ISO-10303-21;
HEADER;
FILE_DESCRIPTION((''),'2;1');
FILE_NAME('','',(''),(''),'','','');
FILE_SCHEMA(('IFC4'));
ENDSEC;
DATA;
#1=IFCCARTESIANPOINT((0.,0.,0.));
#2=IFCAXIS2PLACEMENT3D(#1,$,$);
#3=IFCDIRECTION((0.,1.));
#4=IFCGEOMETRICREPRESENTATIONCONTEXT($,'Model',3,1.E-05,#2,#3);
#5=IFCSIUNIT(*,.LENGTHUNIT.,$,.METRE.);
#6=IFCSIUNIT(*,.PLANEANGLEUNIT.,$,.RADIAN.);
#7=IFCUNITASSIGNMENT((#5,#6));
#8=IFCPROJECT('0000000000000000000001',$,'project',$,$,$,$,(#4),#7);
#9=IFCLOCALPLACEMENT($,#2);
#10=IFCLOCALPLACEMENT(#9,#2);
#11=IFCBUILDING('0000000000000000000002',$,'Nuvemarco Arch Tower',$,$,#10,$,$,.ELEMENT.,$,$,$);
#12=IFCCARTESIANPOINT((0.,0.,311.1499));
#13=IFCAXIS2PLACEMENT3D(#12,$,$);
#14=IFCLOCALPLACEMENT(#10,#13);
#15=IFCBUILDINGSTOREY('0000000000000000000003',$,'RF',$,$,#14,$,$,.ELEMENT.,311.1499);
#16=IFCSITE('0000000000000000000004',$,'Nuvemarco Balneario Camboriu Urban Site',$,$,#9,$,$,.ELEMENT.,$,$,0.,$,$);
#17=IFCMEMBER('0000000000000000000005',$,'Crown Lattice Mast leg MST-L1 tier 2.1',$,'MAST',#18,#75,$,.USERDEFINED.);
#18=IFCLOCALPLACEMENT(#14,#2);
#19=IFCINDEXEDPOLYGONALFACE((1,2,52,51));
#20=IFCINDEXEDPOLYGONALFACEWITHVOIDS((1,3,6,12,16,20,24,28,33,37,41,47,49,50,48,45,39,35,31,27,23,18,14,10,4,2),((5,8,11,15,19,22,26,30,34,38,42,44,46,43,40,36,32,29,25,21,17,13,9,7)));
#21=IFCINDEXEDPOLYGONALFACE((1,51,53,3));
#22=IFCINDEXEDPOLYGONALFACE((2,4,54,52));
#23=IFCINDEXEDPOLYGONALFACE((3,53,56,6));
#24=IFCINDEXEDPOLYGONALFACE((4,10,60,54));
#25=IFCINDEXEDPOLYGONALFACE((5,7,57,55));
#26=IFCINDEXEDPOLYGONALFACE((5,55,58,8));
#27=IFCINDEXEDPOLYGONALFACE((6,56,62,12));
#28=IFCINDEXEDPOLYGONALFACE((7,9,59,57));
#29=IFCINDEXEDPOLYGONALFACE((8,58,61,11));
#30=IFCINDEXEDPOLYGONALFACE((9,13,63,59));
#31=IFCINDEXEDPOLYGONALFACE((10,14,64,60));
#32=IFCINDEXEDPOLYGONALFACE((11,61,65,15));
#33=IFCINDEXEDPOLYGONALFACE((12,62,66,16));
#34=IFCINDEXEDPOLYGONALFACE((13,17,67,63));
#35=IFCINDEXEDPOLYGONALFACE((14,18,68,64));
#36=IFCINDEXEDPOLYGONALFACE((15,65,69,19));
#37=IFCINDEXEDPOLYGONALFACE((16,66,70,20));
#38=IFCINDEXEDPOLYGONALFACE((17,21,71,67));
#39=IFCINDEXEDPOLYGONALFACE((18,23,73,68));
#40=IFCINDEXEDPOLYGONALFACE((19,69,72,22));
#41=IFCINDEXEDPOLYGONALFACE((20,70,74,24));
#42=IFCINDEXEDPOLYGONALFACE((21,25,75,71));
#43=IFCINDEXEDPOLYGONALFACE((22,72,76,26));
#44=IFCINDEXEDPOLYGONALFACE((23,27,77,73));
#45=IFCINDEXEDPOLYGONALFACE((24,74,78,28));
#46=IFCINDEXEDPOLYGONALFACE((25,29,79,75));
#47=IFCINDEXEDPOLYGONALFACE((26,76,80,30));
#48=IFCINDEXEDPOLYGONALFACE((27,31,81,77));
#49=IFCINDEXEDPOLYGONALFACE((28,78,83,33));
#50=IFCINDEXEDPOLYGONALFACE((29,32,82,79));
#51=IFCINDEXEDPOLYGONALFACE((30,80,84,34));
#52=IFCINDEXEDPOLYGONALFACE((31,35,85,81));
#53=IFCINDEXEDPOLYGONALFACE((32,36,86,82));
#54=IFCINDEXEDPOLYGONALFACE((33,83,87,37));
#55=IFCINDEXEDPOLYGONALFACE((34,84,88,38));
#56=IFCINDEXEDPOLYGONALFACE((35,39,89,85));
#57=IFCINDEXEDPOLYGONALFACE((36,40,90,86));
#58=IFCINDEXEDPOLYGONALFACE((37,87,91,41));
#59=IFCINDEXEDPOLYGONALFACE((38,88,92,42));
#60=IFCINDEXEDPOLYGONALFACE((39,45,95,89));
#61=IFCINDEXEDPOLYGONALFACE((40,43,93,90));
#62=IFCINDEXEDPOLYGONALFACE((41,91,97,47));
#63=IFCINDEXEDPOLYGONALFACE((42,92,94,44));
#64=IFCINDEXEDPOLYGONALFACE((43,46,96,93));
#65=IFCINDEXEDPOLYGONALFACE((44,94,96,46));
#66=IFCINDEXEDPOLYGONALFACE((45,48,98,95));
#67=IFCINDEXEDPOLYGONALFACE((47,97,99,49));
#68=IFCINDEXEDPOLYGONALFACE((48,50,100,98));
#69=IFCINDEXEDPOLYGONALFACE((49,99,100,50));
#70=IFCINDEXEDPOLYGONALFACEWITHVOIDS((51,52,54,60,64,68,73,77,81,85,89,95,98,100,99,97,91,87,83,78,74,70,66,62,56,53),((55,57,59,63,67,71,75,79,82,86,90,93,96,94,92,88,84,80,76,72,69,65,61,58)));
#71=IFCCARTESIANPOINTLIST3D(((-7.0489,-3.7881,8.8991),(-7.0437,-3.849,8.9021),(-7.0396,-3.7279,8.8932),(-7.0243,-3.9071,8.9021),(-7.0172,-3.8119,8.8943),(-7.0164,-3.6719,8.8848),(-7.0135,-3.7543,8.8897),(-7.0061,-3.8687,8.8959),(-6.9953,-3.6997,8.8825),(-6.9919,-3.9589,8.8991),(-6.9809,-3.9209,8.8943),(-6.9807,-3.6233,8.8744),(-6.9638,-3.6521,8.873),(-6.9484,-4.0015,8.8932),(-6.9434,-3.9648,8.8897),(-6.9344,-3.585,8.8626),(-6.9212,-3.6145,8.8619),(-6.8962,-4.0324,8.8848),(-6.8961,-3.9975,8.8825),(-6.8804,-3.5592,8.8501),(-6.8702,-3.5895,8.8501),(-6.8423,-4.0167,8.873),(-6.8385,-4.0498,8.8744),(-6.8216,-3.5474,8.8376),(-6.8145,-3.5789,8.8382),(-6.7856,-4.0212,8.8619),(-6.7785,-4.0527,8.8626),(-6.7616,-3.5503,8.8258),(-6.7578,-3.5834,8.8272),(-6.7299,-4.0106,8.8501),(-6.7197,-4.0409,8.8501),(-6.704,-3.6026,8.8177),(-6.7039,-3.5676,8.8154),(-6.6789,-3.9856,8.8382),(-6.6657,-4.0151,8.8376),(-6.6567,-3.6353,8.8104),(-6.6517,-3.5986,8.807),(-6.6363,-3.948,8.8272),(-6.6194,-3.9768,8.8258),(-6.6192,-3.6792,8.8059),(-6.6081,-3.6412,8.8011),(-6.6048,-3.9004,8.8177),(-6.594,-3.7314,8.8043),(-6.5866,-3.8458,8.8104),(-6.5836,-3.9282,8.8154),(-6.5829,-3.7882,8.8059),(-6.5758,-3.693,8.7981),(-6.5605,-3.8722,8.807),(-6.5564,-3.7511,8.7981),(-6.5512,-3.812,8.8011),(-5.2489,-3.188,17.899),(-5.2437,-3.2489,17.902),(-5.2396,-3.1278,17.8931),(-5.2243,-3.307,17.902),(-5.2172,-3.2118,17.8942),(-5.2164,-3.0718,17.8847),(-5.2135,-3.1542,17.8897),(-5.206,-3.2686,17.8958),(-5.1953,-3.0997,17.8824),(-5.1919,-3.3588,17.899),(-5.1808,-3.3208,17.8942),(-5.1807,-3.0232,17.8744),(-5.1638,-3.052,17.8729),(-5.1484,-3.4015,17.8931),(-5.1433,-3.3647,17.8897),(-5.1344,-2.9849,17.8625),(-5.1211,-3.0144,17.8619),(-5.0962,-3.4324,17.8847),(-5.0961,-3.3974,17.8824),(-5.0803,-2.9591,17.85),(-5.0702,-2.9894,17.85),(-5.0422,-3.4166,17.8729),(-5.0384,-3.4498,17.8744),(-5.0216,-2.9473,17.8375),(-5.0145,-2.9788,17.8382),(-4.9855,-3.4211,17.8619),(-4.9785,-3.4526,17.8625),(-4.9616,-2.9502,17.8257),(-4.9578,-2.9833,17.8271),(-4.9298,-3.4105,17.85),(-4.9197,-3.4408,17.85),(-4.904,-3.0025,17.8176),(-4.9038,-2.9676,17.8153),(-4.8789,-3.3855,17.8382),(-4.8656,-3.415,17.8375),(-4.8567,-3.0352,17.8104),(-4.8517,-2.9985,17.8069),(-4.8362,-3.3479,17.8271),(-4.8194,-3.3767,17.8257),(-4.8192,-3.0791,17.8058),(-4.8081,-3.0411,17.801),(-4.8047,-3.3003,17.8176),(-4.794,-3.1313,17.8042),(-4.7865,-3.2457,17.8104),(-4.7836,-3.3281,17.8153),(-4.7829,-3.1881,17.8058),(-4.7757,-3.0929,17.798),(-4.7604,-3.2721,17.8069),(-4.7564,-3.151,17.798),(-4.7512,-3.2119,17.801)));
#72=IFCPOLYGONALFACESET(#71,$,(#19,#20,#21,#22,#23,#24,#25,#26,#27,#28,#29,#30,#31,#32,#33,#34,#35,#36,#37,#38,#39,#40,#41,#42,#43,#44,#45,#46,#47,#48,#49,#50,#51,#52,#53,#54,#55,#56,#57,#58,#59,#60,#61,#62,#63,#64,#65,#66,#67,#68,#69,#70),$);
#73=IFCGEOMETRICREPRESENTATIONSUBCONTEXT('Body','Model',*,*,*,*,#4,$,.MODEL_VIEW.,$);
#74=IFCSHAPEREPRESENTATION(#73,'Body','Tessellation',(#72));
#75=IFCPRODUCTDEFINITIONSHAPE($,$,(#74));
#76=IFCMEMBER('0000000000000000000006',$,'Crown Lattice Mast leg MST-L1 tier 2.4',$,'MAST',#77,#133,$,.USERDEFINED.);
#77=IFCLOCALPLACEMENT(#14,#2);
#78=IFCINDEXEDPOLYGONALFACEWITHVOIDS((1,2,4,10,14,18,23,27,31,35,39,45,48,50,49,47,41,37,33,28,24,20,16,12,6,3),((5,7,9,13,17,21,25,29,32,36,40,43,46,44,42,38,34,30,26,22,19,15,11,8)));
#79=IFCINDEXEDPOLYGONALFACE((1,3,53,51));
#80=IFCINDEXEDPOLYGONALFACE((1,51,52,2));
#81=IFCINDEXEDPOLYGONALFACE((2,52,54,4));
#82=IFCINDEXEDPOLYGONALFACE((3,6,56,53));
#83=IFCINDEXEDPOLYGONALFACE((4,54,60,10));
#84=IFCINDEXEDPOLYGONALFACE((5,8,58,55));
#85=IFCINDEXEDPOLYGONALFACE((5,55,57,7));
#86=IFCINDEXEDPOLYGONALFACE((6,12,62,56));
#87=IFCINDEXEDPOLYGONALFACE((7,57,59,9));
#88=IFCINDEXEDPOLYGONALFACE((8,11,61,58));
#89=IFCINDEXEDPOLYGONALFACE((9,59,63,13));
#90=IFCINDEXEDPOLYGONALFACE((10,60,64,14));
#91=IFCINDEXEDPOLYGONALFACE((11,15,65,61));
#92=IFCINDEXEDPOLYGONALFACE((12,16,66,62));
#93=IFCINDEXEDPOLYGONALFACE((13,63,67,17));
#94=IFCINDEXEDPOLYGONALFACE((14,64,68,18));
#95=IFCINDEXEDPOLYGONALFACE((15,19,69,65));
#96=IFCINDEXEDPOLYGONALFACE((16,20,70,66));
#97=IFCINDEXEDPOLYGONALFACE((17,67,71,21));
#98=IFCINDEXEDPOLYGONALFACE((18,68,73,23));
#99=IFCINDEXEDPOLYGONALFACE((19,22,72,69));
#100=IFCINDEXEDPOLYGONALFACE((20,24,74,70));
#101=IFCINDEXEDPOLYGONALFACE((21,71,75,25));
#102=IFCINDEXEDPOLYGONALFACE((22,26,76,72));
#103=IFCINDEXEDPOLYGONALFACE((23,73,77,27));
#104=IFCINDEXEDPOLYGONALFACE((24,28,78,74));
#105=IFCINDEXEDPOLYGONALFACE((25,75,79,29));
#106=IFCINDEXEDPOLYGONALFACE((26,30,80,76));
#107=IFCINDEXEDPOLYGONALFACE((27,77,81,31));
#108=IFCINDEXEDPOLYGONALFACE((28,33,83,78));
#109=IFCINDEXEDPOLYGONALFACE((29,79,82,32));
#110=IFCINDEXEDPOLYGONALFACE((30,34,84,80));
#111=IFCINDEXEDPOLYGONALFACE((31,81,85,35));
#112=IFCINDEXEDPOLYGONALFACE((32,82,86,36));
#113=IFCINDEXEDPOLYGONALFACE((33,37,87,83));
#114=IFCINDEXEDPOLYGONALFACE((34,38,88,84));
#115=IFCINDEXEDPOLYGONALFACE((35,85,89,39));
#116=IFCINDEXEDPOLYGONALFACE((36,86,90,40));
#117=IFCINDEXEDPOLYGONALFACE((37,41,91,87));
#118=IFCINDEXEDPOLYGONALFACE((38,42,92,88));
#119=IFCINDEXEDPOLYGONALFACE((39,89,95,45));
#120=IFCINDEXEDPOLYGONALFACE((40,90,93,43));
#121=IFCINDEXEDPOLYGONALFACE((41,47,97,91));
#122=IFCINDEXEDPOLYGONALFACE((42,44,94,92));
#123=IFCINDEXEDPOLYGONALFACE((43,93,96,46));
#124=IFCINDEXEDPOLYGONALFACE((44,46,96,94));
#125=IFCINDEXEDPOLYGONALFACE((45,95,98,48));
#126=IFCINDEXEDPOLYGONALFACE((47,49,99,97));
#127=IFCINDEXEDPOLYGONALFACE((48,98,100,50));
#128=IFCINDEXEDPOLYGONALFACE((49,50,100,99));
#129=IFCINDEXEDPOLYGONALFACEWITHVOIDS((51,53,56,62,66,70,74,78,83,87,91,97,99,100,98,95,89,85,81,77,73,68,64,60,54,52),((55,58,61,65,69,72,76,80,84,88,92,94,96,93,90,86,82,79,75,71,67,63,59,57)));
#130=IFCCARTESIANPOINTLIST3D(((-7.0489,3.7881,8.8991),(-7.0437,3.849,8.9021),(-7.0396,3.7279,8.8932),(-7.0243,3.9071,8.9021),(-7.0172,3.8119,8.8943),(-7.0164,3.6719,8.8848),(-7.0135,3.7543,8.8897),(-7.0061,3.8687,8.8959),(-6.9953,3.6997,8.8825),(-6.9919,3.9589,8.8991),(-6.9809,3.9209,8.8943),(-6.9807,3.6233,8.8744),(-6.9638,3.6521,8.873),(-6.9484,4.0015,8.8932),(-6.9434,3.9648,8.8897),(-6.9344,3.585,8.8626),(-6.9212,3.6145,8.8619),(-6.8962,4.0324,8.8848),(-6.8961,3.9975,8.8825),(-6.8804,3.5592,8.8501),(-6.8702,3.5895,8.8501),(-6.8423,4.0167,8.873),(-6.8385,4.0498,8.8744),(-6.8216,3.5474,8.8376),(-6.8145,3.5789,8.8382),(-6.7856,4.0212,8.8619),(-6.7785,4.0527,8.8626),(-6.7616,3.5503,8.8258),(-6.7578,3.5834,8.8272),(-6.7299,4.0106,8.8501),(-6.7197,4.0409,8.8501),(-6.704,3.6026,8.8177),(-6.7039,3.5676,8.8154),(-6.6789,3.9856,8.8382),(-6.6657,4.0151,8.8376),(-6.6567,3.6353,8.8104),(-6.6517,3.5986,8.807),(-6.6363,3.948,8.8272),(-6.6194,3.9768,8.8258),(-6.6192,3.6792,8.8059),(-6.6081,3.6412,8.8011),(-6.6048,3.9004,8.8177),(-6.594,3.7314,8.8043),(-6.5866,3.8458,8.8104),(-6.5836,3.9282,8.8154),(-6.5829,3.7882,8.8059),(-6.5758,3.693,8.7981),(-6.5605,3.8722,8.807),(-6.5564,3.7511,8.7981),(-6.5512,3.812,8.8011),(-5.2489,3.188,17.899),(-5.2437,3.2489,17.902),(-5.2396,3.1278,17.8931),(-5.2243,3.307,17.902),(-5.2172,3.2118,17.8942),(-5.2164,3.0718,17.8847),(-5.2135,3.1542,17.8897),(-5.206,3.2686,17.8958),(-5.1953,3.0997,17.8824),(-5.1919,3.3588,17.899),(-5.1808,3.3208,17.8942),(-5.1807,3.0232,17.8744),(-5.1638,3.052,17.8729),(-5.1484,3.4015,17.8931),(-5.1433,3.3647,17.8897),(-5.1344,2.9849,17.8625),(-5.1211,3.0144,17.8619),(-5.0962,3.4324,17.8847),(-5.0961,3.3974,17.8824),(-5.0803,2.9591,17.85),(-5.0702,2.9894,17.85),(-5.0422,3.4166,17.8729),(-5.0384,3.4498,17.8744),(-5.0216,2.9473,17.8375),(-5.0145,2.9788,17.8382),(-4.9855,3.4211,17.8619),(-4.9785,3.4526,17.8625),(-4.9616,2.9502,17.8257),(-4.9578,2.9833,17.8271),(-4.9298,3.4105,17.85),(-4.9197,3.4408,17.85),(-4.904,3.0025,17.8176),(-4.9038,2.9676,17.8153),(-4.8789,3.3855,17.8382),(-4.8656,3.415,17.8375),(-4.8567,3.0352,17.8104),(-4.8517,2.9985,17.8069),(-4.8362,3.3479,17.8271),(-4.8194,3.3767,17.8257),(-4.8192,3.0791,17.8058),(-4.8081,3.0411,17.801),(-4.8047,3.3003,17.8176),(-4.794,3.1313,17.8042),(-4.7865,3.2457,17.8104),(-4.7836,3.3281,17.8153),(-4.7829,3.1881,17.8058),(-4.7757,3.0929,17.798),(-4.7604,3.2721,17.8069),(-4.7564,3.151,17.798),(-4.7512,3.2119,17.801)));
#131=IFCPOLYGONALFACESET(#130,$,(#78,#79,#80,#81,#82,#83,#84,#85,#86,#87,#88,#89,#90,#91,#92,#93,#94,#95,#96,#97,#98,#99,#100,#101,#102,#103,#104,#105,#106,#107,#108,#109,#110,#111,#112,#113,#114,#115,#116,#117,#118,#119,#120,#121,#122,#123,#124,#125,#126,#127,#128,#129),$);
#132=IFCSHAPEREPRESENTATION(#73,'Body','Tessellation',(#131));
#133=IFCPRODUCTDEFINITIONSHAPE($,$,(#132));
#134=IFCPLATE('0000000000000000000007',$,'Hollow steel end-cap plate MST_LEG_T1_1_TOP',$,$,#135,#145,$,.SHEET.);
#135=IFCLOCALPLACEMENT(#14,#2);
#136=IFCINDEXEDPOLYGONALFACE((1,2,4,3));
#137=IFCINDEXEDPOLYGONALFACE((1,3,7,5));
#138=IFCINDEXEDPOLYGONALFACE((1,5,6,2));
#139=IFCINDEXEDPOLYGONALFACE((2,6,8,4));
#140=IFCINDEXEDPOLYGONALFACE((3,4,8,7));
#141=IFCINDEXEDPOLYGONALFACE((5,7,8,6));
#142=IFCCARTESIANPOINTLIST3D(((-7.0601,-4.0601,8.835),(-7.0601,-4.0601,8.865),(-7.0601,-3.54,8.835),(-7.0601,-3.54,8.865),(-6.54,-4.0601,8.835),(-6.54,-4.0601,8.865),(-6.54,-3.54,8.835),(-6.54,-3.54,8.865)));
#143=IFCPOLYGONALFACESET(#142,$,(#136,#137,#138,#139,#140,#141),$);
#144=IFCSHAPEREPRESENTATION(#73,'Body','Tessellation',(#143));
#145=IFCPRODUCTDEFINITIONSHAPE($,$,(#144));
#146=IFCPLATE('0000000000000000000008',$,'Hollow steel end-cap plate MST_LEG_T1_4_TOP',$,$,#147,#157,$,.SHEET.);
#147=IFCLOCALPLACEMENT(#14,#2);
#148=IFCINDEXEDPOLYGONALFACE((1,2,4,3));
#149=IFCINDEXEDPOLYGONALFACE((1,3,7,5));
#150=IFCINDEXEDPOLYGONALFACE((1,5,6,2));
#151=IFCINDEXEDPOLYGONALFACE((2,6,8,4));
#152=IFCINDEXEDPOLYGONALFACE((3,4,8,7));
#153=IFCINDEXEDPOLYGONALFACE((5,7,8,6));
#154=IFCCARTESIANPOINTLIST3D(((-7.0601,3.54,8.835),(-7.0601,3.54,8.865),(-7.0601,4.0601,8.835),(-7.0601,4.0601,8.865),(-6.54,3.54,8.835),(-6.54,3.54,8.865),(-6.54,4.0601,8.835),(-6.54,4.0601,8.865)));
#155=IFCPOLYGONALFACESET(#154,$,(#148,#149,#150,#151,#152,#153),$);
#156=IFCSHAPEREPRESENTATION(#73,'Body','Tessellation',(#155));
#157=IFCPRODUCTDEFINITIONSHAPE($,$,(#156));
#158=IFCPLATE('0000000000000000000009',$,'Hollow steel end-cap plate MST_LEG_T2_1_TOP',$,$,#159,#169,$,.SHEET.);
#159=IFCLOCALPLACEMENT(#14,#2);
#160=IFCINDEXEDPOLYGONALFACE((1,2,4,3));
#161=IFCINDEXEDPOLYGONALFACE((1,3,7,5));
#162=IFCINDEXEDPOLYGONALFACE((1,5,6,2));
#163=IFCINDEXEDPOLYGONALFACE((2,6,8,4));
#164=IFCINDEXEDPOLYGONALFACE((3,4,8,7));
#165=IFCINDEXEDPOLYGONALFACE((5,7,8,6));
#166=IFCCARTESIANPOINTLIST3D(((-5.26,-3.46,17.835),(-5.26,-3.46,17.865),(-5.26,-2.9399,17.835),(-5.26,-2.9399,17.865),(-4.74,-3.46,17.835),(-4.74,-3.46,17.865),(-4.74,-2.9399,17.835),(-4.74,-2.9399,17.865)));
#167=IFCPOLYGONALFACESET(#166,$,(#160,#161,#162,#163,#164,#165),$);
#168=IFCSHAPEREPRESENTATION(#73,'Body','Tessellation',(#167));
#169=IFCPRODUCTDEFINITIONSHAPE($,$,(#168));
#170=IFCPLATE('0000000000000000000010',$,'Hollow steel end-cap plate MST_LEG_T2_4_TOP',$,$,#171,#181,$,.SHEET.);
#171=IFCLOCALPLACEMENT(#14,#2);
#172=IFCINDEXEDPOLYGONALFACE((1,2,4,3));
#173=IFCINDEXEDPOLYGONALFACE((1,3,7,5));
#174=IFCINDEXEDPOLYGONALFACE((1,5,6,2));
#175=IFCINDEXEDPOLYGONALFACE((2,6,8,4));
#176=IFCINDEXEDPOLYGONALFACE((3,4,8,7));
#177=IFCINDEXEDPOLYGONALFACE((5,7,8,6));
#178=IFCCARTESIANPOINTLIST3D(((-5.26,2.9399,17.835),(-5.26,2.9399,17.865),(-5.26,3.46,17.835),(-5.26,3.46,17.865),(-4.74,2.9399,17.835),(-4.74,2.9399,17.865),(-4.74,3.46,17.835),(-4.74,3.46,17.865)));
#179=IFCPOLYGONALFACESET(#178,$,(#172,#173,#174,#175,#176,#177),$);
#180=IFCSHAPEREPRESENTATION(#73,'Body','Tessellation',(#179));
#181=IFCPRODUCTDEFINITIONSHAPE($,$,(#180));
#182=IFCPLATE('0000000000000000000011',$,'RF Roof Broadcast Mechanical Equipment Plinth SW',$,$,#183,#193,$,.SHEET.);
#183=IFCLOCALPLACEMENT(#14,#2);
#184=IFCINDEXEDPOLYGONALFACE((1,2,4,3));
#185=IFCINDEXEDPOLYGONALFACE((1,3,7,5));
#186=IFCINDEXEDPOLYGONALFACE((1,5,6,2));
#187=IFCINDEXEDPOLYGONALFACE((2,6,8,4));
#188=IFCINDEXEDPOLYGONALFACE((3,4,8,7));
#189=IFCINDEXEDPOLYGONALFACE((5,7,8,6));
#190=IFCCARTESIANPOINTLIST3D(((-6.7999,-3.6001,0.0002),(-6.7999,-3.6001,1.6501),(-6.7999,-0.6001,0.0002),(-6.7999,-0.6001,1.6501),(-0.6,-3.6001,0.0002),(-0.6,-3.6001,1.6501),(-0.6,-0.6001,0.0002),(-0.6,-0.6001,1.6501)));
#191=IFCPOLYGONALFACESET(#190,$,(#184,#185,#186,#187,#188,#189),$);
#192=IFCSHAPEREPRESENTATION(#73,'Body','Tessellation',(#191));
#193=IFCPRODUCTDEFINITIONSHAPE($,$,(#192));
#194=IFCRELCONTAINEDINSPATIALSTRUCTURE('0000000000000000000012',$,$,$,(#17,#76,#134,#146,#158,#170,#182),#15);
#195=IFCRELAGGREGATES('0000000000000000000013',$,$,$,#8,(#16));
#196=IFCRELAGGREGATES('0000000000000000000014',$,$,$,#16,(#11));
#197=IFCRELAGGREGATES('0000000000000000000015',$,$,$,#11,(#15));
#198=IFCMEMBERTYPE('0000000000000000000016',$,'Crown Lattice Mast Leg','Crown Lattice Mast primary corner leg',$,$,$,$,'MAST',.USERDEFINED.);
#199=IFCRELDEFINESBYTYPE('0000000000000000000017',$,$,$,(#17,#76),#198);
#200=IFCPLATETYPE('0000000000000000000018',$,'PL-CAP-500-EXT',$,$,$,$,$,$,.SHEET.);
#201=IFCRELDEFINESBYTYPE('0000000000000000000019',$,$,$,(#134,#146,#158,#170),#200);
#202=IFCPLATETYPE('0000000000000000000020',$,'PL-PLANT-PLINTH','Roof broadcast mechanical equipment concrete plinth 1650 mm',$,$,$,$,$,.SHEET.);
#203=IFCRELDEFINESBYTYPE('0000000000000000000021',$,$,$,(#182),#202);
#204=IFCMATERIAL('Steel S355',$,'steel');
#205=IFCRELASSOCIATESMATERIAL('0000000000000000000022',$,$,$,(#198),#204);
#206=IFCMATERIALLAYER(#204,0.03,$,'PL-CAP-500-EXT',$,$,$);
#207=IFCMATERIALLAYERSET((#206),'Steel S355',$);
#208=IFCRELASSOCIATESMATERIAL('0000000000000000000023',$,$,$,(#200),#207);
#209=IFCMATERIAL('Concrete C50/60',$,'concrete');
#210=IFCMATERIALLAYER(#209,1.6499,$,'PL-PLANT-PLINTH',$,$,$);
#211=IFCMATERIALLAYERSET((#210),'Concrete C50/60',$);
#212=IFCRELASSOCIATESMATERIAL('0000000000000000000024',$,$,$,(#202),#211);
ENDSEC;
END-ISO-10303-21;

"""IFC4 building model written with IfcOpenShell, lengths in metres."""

from ifc_helpers import new_model, si_unit, direction, frame, origin, origin_2d, place, context, subcontext, project, spatial, rectangle, hollow_circle, extrude, source, transform, mapped, material, layer, layer_set, material_profile, profile_set, type_object, type_shapes, element, save


model = new_model("IFC4")

# Units and contexts
model_context = context("Model", 3, precision=1e-05, world=origin(), true_north=direction((0.0, 1.0)))
body_context = subcontext(model_context, "Body", "Model", "MODEL_VIEW")
ifc_project = project(units=[si_unit("LENGTHUNIT", "METRE"), si_unit("PLANEANGLEUNIT", "RADIAN")], contexts=[model_context])

# Site, building, storey
site_placement = place(None, origin())
site = spatial("IfcSite", under=ifc_project, at=site_placement, Name="Nuvemarco Balneario Camboriu Urban Site", CompositionType="ELEMENT", RefElevation=0.0)
building_placement = place(site_placement, origin())
building = spatial("IfcBuilding", under=site, at=building_placement, Name="Nuvemarco Arch Tower", CompositionType="ELEMENT")
storey_placement = place(building_placement, frame((0.0, 0.0, 311.1499)))
storey = spatial("IfcBuildingStorey", under=building, at=storey_placement, Name="RF", CompositionType="ELEMENT", Elevation=311.1499)

# Members
ifc_material_1 = material(Name="Steel S355", Category="steel")
ifc_material_profile_1 = material_profile(ifc_material_1, hollow_circle(Radius=0.2539, WallThickness=0.032, at=origin_2d()), Name="CHS508x32")
ifc_profile_set_1 = profile_set([ifc_material_profile_1], Name="Steel S355")
member_type_1 = type_object("IfcMemberType", Name="Crown Lattice Mast Leg", Description="Crown Lattice Mast primary corner leg", ElementType="MAST", PredefinedType="USERDEFINED", material=ifc_profile_set_1)
for number, where, z_axis, x_axis, name in (
    (1, (-6.8, -3.8, 8.8501), (0.195703, 0.065243, 0.97849), (-0.316266, 0.94867, 0.0), "Crown Lattice Mast leg MST-L1 tier 2.1"),
    (2, (-6.8, 3.8, 8.8501), (0.195703, -0.065243, 0.97849), (0.316266, 0.94867, 0.0), "Crown Lattice Mast leg MST-L1 tier 2.4"),
):
    element("IfcMember", number, at=place(storey_placement, frame(where, z_axis=z_axis, x_axis=x_axis)), inside=storey, type_object=member_type_1, Name=name, ObjectType="MAST", PredefinedType="USERDEFINED", context=body_context, shape_type="SweptSolid", body=[
        extrude(hollow_circle(Radius=0.2539, WallThickness=0.032, at=origin_2d()), origin(), (0.0, 0.0, 1.0), 9.1978),
    ])

# Plates
ifc_layer_1 = layer(ifc_material_1, 0.03, Name="PL-CAP-500-EXT")
ifc_layer_set_1 = layer_set([ifc_layer_1], Name="Steel S355")
plate_type_1 = type_object("IfcPlateType", Name="PL-CAP-500-EXT", PredefinedType="SHEET", material=ifc_layer_set_1)
shared_shape_1 = source(origin(), body_context, "Body", "SweptSolid", [
    extrude(rectangle(XDim=0.52, YDim=0.52, at=origin_2d()), origin(), (0.0, 0.0, 1.0), 0.03),
])
type_shapes(plate_type_1, [shared_shape_1])
for number, where, z_axis, x_axis, name in (
    (3, (-6.8, -3.8, 8.835), (0.0, 0.0, 1.0), (1.0, 0.0, 0.0), "Hollow steel end-cap plate MST_LEG_T1_1_TOP"),
    (4, (-6.8, 3.8, 8.835), (0.0, 0.0, 1.0), (1.0, 0.0, 0.0), "Hollow steel end-cap plate MST_LEG_T1_4_TOP"),
    (5, (-5.0, -3.2, 17.835), (0.0, 0.0, 1.0), (1.0, 0.0, 0.0), "Hollow steel end-cap plate MST_LEG_T2_1_TOP"),
    (6, (-5.0, 3.2, 17.835), (0.0, 0.0, 1.0), (1.0, 0.0, 0.0), "Hollow steel end-cap plate MST_LEG_T2_4_TOP"),
):
    element("IfcPlate", number, at=place(storey_placement, frame(where, z_axis=z_axis, x_axis=x_axis)), inside=storey, type_object=plate_type_1, Name=name, PredefinedType="SHEET", context=body_context, shape_type="MappedRepresentation", body=[
        mapped(shared_shape_1, transform((0.0, 0.0, 0.0), scale=1.0)),
    ])
ifc_material_2 = material(Name="Concrete C50/60", Category="concrete")
ifc_layer_2 = layer(ifc_material_2, 1.6499, Name="PL-PLANT-PLINTH")
ifc_layer_set_2 = layer_set([ifc_layer_2], Name="Concrete C50/60")
plate_type_2 = type_object("IfcPlateType", Name="PL-PLANT-PLINTH", Description="Roof broadcast mechanical equipment concrete plinth 1650 mm", PredefinedType="SHEET", material=ifc_layer_set_2)
shared_shape_2 = source(origin(), body_context, "Body", "SweptSolid", [
    extrude(rectangle(XDim=6.2, YDim=3.0, at=origin_2d()), origin(), (0.0, 0.0, 1.0), 1.6499),
])
type_shapes(plate_type_2, [shared_shape_2])
plate_placement = place(storey_placement, frame((-3.7, -2.1001, 0.0002), z_axis=(0.0, 0.0, 1.0), x_axis=(1.0, 0.0, 0.0)))
element("IfcPlate", 7, at=plate_placement, inside=storey, type_object=plate_type_2, Name="RF Roof Broadcast Mechanical Equipment Plinth SW", PredefinedType="SHEET", context=body_context, shape_type="MappedRepresentation", body=[
    mapped(shared_shape_2, transform((0.0, 0.0, 0.0), scale=1.0)),
])

save(model, "model.ifc")
